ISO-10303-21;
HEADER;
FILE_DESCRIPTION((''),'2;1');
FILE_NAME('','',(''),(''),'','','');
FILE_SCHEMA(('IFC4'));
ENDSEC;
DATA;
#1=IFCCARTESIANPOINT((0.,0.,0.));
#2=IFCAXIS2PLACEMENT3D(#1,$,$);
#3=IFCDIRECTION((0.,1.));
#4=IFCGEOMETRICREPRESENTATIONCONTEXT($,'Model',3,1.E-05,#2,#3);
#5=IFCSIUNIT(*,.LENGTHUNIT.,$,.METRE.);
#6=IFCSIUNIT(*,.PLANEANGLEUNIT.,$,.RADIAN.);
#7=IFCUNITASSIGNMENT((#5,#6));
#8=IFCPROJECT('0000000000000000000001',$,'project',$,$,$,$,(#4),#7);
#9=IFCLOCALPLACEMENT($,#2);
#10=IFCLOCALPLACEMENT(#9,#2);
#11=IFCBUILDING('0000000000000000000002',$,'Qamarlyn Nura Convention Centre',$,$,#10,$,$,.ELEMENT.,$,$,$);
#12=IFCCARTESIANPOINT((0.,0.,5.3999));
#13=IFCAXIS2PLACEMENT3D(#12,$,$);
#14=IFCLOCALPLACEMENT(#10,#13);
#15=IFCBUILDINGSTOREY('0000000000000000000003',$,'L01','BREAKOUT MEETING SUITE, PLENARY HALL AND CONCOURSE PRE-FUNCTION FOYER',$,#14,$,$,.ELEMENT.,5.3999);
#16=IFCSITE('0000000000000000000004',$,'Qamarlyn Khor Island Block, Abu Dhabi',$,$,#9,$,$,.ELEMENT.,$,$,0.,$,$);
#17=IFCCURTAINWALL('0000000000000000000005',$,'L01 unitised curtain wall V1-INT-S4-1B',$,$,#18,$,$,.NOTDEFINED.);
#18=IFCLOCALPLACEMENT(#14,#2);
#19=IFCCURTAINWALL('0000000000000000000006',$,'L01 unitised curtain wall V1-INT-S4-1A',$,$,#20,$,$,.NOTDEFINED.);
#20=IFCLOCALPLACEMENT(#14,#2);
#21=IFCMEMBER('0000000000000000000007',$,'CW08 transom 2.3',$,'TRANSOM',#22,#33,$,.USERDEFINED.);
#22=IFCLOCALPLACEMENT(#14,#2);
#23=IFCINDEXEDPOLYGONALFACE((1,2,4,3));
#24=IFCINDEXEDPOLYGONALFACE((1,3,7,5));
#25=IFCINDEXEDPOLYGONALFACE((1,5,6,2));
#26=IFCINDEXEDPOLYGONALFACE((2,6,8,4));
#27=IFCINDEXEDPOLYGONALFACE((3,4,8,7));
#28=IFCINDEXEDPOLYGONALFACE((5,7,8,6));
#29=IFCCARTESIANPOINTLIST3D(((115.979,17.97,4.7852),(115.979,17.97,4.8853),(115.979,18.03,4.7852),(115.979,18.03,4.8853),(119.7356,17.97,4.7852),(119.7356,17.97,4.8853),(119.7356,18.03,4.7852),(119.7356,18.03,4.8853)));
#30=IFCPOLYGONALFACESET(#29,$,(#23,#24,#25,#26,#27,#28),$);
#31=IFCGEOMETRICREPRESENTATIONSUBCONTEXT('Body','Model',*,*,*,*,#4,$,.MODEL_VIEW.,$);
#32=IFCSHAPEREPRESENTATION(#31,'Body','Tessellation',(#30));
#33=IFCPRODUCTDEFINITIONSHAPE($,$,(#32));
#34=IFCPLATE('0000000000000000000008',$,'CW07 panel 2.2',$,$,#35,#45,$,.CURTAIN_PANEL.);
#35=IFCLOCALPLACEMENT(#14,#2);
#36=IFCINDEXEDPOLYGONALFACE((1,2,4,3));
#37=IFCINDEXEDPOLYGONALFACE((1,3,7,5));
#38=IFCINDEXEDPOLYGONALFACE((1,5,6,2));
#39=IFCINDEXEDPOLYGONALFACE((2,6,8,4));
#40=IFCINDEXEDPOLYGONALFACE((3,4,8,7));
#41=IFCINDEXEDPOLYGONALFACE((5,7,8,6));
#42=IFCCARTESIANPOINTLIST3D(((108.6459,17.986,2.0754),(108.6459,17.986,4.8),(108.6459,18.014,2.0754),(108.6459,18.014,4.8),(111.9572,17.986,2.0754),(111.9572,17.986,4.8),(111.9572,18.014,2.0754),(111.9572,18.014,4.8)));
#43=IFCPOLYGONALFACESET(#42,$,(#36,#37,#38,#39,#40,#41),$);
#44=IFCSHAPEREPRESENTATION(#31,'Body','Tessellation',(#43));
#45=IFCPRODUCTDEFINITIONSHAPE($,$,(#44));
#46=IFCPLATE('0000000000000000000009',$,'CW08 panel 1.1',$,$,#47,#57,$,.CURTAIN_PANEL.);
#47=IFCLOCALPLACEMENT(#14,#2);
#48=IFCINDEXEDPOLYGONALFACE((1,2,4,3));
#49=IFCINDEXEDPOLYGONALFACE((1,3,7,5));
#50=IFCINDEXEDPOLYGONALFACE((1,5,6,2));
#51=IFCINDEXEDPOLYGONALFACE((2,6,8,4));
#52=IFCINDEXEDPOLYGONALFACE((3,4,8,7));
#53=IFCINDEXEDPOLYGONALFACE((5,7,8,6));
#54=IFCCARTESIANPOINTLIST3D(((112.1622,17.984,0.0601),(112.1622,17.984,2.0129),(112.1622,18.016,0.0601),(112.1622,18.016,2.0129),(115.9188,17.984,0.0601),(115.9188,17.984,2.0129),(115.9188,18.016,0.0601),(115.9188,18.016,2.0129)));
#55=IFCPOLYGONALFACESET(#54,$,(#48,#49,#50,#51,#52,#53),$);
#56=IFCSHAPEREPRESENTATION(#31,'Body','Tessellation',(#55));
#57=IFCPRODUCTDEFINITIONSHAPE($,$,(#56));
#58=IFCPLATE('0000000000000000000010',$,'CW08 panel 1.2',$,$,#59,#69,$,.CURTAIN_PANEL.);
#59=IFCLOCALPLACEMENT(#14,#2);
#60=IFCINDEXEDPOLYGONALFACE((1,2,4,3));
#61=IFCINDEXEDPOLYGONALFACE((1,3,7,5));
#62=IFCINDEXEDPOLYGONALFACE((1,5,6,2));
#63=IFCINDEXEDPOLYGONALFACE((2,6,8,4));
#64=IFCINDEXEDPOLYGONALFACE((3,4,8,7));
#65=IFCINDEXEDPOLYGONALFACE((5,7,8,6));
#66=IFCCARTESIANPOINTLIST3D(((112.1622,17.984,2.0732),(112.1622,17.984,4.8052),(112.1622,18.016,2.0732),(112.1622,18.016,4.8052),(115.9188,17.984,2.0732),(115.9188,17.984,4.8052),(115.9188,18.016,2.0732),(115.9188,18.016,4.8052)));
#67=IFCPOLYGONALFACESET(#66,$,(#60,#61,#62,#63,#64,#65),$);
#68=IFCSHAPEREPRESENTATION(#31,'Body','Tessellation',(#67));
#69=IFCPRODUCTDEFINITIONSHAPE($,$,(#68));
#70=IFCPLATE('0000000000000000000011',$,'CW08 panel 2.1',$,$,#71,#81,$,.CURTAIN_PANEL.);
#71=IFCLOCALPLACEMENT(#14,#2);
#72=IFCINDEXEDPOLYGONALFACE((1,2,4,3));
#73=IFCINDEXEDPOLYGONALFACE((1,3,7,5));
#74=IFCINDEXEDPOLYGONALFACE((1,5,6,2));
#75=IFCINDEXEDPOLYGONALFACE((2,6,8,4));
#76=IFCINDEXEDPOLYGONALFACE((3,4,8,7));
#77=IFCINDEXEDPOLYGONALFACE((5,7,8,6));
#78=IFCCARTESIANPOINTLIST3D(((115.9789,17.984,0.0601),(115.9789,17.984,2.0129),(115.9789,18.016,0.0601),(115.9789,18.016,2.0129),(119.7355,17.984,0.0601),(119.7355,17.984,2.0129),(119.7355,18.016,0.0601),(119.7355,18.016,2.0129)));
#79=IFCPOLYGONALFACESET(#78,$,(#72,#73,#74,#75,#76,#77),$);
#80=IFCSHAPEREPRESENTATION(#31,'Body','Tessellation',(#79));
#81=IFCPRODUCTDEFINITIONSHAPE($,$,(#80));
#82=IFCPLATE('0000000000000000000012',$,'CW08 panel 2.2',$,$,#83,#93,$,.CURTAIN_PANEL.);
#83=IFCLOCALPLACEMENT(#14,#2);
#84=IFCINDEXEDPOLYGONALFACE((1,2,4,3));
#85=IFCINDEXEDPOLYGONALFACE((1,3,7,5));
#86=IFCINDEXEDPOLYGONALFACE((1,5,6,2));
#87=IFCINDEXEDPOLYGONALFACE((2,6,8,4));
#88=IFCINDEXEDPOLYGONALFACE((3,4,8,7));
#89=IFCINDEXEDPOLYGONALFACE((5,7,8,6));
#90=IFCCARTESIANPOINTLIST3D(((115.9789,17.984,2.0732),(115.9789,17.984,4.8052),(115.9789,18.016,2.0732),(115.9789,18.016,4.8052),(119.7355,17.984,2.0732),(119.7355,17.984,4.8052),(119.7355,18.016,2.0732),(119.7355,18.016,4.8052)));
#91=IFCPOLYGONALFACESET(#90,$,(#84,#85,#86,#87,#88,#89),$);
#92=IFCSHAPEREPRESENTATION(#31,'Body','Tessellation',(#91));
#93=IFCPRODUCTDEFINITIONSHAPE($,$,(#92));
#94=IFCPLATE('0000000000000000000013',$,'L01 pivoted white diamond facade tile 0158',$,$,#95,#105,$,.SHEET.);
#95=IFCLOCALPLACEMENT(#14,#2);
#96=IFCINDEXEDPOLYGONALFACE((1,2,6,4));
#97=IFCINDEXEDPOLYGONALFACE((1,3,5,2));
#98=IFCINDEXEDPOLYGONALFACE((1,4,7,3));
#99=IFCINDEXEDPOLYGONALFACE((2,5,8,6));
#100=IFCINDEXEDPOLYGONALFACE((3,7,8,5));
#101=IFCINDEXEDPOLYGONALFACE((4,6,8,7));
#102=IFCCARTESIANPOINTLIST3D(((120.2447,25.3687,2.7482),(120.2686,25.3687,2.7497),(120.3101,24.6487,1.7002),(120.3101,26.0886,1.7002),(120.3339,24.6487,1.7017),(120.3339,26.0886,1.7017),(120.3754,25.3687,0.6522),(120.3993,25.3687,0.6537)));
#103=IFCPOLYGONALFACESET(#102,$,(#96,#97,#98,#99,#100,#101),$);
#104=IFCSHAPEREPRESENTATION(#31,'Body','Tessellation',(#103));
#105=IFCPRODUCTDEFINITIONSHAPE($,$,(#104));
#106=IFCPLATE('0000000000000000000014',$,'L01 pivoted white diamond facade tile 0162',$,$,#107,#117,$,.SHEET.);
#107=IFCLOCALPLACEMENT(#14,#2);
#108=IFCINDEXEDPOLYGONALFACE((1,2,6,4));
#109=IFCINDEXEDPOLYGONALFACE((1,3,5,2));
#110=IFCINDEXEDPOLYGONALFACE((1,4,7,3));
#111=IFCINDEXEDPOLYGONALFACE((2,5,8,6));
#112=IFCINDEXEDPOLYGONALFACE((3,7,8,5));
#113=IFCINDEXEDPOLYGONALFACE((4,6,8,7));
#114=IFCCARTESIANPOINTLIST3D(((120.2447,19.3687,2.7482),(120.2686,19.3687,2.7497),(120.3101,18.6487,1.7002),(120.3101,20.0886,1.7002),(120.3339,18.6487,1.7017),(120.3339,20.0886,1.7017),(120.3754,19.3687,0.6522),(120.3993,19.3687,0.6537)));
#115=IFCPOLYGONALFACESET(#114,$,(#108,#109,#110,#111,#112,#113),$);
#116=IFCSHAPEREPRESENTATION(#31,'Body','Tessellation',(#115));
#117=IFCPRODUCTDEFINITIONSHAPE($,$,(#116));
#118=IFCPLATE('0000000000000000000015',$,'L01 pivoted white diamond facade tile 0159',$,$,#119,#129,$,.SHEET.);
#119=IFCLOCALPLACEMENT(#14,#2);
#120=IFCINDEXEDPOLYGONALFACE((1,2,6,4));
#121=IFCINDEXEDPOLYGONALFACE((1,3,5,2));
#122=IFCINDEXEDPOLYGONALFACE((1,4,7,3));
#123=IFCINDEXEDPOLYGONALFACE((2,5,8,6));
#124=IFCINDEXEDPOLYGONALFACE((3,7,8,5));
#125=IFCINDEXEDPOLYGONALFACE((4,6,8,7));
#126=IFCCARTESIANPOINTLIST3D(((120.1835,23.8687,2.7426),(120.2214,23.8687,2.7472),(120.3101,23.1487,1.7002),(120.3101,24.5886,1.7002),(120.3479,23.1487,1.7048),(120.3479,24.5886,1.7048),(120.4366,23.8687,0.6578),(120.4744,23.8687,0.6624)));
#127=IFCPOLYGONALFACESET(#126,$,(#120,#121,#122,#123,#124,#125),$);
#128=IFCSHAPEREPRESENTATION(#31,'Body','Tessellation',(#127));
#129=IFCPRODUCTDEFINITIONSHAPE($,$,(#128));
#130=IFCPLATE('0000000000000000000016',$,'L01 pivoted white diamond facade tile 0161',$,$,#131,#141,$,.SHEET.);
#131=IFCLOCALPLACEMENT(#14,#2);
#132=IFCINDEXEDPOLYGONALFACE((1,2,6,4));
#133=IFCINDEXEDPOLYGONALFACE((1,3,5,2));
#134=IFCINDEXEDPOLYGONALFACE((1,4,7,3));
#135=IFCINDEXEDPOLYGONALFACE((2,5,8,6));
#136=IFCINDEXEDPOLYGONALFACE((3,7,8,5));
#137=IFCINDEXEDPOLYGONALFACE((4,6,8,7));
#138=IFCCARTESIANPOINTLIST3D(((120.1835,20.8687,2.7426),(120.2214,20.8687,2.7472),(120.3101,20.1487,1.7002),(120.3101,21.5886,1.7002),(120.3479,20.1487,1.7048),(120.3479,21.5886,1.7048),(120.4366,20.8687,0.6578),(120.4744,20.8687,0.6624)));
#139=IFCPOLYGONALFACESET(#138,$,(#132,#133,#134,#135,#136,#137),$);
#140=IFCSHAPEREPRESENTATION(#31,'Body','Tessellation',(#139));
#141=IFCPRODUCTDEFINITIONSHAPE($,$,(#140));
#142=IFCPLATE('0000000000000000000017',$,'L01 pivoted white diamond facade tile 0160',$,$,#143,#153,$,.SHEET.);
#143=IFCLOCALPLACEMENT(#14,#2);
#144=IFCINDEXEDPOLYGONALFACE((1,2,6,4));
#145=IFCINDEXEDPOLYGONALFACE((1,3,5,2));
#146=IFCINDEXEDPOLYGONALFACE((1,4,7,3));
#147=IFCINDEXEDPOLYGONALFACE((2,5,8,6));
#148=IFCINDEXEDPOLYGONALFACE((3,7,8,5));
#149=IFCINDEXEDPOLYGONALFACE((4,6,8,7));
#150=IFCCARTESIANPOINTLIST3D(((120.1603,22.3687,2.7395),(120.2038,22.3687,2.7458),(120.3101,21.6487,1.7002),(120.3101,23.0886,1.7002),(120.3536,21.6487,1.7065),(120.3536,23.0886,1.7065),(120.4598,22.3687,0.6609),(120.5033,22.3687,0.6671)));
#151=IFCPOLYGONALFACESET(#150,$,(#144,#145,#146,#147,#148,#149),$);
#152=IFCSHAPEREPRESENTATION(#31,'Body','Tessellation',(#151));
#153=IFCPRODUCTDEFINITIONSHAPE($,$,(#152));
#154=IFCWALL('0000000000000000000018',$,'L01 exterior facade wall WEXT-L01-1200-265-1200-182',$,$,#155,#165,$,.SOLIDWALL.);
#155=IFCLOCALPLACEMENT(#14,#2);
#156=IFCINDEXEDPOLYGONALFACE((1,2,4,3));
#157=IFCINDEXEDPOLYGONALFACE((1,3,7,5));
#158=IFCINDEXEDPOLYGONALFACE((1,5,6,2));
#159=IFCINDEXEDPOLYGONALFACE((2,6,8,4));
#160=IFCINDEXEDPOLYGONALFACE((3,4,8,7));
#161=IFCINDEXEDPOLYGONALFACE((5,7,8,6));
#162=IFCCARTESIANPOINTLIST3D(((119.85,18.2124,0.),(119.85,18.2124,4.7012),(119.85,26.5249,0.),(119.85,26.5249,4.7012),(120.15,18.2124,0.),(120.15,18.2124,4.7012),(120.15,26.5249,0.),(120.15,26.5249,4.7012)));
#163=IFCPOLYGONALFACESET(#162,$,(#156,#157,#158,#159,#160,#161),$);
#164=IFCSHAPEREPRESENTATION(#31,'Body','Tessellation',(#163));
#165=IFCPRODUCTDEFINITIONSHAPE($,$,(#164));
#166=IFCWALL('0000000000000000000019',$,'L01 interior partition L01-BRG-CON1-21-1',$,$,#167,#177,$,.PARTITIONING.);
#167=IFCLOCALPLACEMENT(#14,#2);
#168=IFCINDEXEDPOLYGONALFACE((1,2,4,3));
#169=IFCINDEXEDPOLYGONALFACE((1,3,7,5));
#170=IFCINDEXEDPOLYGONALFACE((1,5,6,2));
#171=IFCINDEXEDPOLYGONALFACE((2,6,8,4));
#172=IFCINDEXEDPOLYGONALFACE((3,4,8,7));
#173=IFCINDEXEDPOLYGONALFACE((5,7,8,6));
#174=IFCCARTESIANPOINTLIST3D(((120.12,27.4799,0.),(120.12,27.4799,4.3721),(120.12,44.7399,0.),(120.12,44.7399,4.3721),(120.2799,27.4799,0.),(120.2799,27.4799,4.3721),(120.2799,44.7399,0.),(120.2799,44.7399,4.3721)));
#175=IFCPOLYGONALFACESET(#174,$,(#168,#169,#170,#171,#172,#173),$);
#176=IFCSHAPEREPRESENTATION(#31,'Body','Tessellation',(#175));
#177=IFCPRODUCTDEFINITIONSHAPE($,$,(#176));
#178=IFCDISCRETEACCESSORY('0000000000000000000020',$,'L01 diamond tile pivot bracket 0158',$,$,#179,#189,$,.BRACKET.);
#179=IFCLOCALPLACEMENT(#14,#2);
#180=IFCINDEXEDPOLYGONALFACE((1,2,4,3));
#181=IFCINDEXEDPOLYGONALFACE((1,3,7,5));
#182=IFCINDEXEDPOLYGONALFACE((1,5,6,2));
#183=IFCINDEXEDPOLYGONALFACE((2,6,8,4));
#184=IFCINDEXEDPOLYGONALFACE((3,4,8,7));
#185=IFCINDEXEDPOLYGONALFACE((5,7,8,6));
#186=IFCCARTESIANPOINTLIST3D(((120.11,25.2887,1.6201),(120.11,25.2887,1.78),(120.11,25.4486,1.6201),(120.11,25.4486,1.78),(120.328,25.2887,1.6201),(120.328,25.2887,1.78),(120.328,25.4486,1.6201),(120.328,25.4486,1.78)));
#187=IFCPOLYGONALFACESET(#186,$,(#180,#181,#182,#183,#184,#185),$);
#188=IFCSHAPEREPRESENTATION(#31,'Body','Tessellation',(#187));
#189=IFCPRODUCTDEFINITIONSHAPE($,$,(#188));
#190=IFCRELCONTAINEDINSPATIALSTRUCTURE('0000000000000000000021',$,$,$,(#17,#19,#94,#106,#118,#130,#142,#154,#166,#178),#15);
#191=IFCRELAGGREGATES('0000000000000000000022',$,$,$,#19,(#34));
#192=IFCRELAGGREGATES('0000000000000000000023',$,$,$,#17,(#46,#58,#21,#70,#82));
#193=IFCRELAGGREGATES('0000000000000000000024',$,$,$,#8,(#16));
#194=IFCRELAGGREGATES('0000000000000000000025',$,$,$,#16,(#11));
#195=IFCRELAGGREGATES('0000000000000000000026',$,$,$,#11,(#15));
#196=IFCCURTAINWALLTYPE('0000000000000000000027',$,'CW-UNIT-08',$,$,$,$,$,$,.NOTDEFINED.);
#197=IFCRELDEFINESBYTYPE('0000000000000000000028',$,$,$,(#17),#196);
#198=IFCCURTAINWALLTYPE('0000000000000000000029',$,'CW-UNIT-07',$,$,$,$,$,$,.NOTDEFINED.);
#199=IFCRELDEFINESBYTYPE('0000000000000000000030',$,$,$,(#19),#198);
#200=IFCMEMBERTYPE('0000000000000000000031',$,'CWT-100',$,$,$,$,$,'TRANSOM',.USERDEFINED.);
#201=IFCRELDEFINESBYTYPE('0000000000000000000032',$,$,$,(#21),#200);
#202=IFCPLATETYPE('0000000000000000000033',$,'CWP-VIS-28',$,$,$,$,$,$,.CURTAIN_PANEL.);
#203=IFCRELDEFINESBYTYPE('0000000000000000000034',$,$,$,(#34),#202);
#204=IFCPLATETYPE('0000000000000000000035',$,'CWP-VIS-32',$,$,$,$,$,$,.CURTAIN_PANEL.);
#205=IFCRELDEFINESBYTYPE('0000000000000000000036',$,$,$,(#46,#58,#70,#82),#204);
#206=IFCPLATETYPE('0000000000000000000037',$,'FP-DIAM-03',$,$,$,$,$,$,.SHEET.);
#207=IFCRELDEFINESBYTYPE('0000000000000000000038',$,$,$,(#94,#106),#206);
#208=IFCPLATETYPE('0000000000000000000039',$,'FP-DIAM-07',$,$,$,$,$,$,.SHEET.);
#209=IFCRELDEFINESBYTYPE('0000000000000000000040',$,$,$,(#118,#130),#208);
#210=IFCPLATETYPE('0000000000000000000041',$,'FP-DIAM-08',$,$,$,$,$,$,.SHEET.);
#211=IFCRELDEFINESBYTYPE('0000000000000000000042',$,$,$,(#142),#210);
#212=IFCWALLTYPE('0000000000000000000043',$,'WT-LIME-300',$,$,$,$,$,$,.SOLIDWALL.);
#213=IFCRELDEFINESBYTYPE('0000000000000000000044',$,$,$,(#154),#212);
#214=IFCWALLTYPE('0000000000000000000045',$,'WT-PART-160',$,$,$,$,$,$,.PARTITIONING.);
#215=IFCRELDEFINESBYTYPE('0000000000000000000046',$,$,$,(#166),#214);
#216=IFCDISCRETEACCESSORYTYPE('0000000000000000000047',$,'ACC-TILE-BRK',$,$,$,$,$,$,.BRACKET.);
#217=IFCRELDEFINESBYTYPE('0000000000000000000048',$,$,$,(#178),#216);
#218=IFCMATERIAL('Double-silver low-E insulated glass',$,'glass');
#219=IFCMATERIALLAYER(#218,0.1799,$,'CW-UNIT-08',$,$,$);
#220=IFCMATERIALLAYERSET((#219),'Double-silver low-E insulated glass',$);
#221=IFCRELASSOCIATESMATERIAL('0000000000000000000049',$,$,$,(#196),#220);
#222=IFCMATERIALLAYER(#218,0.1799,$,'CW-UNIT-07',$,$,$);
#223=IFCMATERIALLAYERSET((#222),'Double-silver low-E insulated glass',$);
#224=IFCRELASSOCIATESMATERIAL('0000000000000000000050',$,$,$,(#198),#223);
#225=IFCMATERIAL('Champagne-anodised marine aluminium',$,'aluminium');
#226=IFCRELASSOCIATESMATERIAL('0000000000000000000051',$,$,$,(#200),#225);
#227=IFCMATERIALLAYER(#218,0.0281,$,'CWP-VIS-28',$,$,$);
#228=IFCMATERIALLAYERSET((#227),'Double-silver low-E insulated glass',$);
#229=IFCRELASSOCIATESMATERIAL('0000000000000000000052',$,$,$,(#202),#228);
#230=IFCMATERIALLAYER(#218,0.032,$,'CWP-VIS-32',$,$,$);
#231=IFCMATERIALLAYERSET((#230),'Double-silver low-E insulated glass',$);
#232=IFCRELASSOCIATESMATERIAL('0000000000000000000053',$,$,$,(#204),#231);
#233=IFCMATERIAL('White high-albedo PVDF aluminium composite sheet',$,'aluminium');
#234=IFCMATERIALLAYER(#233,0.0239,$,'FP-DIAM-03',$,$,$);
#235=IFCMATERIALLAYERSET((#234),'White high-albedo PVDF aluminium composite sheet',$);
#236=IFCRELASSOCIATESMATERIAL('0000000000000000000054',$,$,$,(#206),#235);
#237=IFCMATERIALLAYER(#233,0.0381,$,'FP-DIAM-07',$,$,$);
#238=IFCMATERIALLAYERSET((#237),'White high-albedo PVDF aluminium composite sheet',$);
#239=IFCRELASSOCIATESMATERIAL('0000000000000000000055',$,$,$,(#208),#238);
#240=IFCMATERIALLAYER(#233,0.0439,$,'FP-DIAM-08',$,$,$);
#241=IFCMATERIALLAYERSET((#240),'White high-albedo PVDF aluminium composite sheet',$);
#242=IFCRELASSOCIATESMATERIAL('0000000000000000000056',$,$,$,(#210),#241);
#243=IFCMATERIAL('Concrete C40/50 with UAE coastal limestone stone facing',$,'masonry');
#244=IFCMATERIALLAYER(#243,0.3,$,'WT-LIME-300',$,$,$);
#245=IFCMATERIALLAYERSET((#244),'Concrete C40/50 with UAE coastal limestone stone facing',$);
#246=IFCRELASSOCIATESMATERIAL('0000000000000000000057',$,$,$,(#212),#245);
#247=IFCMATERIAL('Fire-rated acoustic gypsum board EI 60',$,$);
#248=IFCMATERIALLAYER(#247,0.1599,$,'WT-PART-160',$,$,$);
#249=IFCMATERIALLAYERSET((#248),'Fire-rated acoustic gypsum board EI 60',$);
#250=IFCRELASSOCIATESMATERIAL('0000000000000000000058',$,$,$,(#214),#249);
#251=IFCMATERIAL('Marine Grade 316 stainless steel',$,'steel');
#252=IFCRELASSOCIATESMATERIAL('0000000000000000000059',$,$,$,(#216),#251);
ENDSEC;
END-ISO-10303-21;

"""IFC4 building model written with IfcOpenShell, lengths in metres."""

from ifc_helpers import new_model, si_unit, direction, frame, frame_2d, origin, origin_2d, place, context, subcontext, project, spatial, polyline, rectangle, outline, extrude, material, layer, layer_set, material_profile, profile_set, type_object, element, aggregate, save


model = new_model("IFC4")

# Units and contexts
model_context = context("Model", 3, precision=1e-05, world=origin(), true_north=direction((0.0, 1.0)))
body_context = subcontext(model_context, "Body", "Model", "MODEL_VIEW")
ifc_project = project(units=[si_unit("LENGTHUNIT", "METRE"), si_unit("PLANEANGLEUNIT", "RADIAN")], contexts=[model_context])

# Site, building, storey
site_placement = place(None, origin())
site = spatial("IfcSite", under=ifc_project, at=site_placement, Name="Qamarlyn Khor Island Block, Abu Dhabi", CompositionType="ELEMENT", RefElevation=0.0)
building_placement = place(site_placement, origin())
building = spatial("IfcBuilding", under=site, at=building_placement, Name="Qamarlyn Nura Convention Centre", CompositionType="ELEMENT")
storey_placement = place(building_placement, frame((0.0, 0.0, 5.3999)))
storey = spatial("IfcBuildingStorey", under=building, at=storey_placement, Name="L01", Description="BREAKOUT MEETING SUITE, PLENARY HALL AND CONCOURSE PRE-FUNCTION FOYER", CompositionType="ELEMENT", Elevation=5.3999)

# Curtain wall
ifc_material_1 = material(Name="Double-silver low-E insulated glass", Category="glass")
ifc_layer_1 = layer(ifc_material_1, 0.1799, Name="CW-UNIT-08")
ifc_layer_set_1 = layer_set([ifc_layer_1], Name="Double-silver low-E insulated glass")
curtain_wall_type_1 = type_object("IfcCurtainWallType", Name="CW-UNIT-08", PredefinedType="NOTDEFINED", material=ifc_layer_set_1)
curtain_wall_1_placement = place(storey_placement, origin())
curtain_wall_1 = element("IfcCurtainWall", 1, at=curtain_wall_1_placement, inside=storey, type_object=curtain_wall_type_1, Name="L01 unitised curtain wall V1-INT-S4-1B", PredefinedType="NOTDEFINED")
ifc_material_2 = material(Name="Champagne-anodised marine aluminium", Category="aluminium")

# Curtain wall
ifc_layer_2 = layer(ifc_material_1, 0.1799, Name="CW-UNIT-07")
ifc_layer_set_2 = layer_set([ifc_layer_2], Name="Double-silver low-E insulated glass")
curtain_wall_type_2 = type_object("IfcCurtainWallType", Name="CW-UNIT-07", PredefinedType="NOTDEFINED", material=ifc_layer_set_2)
curtain_wall_2_placement = place(storey_placement, origin())
curtain_wall_2 = element("IfcCurtainWall", 2, at=curtain_wall_2_placement, inside=storey, type_object=curtain_wall_type_2, Name="L01 unitised curtain wall V1-INT-S4-1A", PredefinedType="NOTDEFINED")

# Member
ifc_material_profile_1 = material_profile(ifc_material_2, rectangle(XDim=0.0601, YDim=0.1001, at=origin_2d()), Name="ALU TRANSOM 60x100")
ifc_profile_set_1 = profile_set([ifc_material_profile_1], Name="Champagne-anodised marine aluminium")
member_type_1 = type_object("IfcMemberType", Name="CWT-100", ElementType="TRANSOM", PredefinedType="USERDEFINED", material=ifc_profile_set_1)
member_1_placement = place(storey_placement, frame((115.979, 18.0, 4.8352), z_axis=(1.0, 0.0, 0.0), x_axis=(0.0, 1.0, 0.0)))
member_1 = element("IfcMember", 3, at=member_1_placement, type_object=member_type_1, Name="CW08 transom 2.3", ObjectType="TRANSOM", PredefinedType="USERDEFINED", context=body_context, shape_type="SweptSolid", body=[
    extrude(rectangle(XDim=0.0601, YDim=0.1001, at=origin_2d()), origin(), (0.0, 0.0, 1.0), 3.7566),
])

# Plates
ifc_layer_3 = layer(ifc_material_1, 0.0281, Name="CWP-VIS-28")
ifc_layer_set_3 = layer_set([ifc_layer_3], Name="Double-silver low-E insulated glass")
plate_type_1 = type_object("IfcPlateType", Name="CWP-VIS-28", PredefinedType="CURTAIN_PANEL", material=ifc_layer_set_3)
plate_1_placement = place(storey_placement, frame((110.3015, 18.0, 2.0754), z_axis=(0.0, 0.0, 1.0), x_axis=(1.0, 0.0, 0.0)))
plate_1 = element("IfcPlate", 4, at=plate_1_placement, type_object=plate_type_1, Name="CW07 panel 2.2", PredefinedType="CURTAIN_PANEL", context=body_context, shape_type="SweptSolid", body=[
    extrude(rectangle(XDim=3.3113, YDim=0.0281, at=origin_2d()), origin(), (0.0, 0.0, 1.0), 2.7246),
])
aggregate(curtain_wall_2, [plate_1])
ifc_layer_4 = layer(ifc_material_1, 0.032, Name="CWP-VIS-32")
ifc_layer_set_4 = layer_set([ifc_layer_4], Name="Double-silver low-E insulated glass")
plate_type_2 = type_object("IfcPlateType", Name="CWP-VIS-32", PredefinedType="CURTAIN_PANEL", material=ifc_layer_set_4)
plate_2_placement = place(storey_placement, frame((114.0405, 18.0, 0.0601), z_axis=(0.0, 0.0, 1.0), x_axis=(1.0, 0.0, 0.0)))
plate_2 = element("IfcPlate", 5, at=plate_2_placement, type_object=plate_type_2, Name="CW08 panel 1.1", PredefinedType="CURTAIN_PANEL", context=body_context, shape_type="SweptSolid", body=[
    extrude(rectangle(XDim=3.7566, YDim=0.032, at=origin_2d()), origin(), (0.0, 0.0, 1.0), 1.9529),
])
plate_3_placement = place(storey_placement, frame((114.0405, 18.0, 2.0732), z_axis=(0.0, 0.0, 1.0), x_axis=(1.0, 0.0, 0.0)))
plate_3 = element("IfcPlate", 6, at=plate_3_placement, type_object=plate_type_2, Name="CW08 panel 1.2", PredefinedType="CURTAIN_PANEL", context=body_context, shape_type="SweptSolid", body=[
    extrude(rectangle(XDim=3.7566, YDim=0.032, at=origin_2d()), origin(), (0.0, 0.0, 1.0), 2.7319),
])
plate_4_placement = place(storey_placement, frame((117.8572, 18.0, 0.0601), z_axis=(0.0, 0.0, 1.0), x_axis=(1.0, 0.0, 0.0)))
plate_4 = element("IfcPlate", 7, at=plate_4_placement, type_object=plate_type_2, Name="CW08 panel 2.1", PredefinedType="CURTAIN_PANEL", context=body_context, shape_type="SweptSolid", body=[
    extrude(rectangle(XDim=3.7566, YDim=0.032, at=origin_2d()), origin(), (0.0, 0.0, 1.0), 1.9529),
])
plate_5_placement = place(storey_placement, frame((117.8572, 18.0, 2.0732), z_axis=(0.0, 0.0, 1.0), x_axis=(1.0, 0.0, 0.0)))
plate_5 = element("IfcPlate", 8, at=plate_5_placement, type_object=plate_type_2, Name="CW08 panel 2.2", PredefinedType="CURTAIN_PANEL", context=body_context, shape_type="SweptSolid", body=[
    extrude(rectangle(XDim=3.7566, YDim=0.032, at=origin_2d()), origin(), (0.0, 0.0, 1.0), 2.7319),
])
aggregate(curtain_wall_1, [plate_2, plate_3, member_1, plate_4, plate_5])

# Plates
ifc_material_3 = material(Name="White high-albedo PVDF aluminium composite sheet", Category="aluminium")
ifc_layer_5 = layer(ifc_material_3, 0.0239, Name="FP-DIAM-03")
ifc_layer_set_5 = layer_set([ifc_layer_5], Name="White high-albedo PVDF aluminium composite sheet")
plate_type_3 = type_object("IfcPlateType", Name="FP-DIAM-03", PredefinedType="SHEET", material=ifc_layer_set_5)
for number, where, z_axis, x_axis, name in (
    (9, (120.3101, 25.3687, 1.7002), (0.998059, 0.0, 0.062268), (0.0, 1.0, 0.0), "L01 pivoted white diamond facade tile 0158"),
    (10, (120.3101, 19.3687, 1.7002), (0.998059, 0.0, 0.062268), (0.0, 1.0, 0.0), "L01 pivoted white diamond facade tile 0162"),
):
    element("IfcPlate", number, at=place(storey_placement, frame(where, z_axis=z_axis, x_axis=x_axis)), inside=storey, type_object=plate_type_3, Name=name, PredefinedType="SHEET", context=body_context, shape_type="SweptSolid", body=[
        extrude(outline(polyline([(-0.72, 0.0), (0.0, -1.05), (0.72, 0.0), (0.0, 1.05), (-0.72, 0.0)])), origin(), (0.0, 0.0, 1.0), 0.0239),
    ])
ifc_layer_6 = layer(ifc_material_3, 0.0381, Name="FP-DIAM-07")
ifc_layer_set_6 = layer_set([ifc_layer_6], Name="White high-albedo PVDF aluminium composite sheet")
plate_type_4 = type_object("IfcPlateType", Name="FP-DIAM-07", PredefinedType="SHEET", material=ifc_layer_set_6)
for number, where, z_axis, x_axis, name in (
    (11, (120.3101, 23.8687, 1.7002), (0.992715, 0.0, 0.120483), (0.0, 1.0, 0.0), "L01 pivoted white diamond facade tile 0159"),
    (12, (120.3101, 20.8687, 1.7002), (0.992715, 0.0, 0.120483), (0.0, 1.0, 0.0), "L01 pivoted white diamond facade tile 0161"),
):
    element("IfcPlate", number, at=place(storey_placement, frame(where, z_axis=z_axis, x_axis=x_axis)), inside=storey, type_object=plate_type_4, Name=name, PredefinedType="SHEET", context=body_context, shape_type="SweptSolid", body=[
        extrude(outline(polyline([(-0.72, 0.0), (0.0, -1.05), (0.72, 0.0), (0.0, 1.05), (-0.72, 0.0)])), origin(), (0.0, 0.0, 1.0), 0.0381),
    ])
ifc_layer_7 = layer(ifc_material_3, 0.0439, Name="FP-DIAM-08")
ifc_layer_set_7 = layer_set([ifc_layer_7], Name="White high-albedo PVDF aluminium composite sheet")
plate_type_5 = type_object("IfcPlateType", Name="FP-DIAM-08", PredefinedType="SHEET", material=ifc_layer_set_7)
plate_6_placement = place(storey_placement, frame((120.3101, 22.3687, 1.7002), z_axis=(0.989776, 0.0, 0.142629), x_axis=(0.0, 1.0, 0.0)))
element("IfcPlate", 13, at=plate_6_placement, inside=storey, type_object=plate_type_5, Name="L01 pivoted white diamond facade tile 0160", PredefinedType="SHEET", context=body_context, shape_type="SweptSolid", body=[
    extrude(outline(polyline([(-0.72, 0.0), (0.0, -1.05), (0.72, 0.0), (0.0, 1.05), (-0.72, 0.0)])), origin(), (0.0, 0.0, 1.0), 0.0439),
])

# Walls
ifc_material_4 = material(Name="Concrete C40/50 with UAE coastal limestone stone facing", Category="masonry")
ifc_layer_8 = layer(ifc_material_4, 0.3, Name="WT-LIME-300")
ifc_layer_set_8 = layer_set([ifc_layer_8], Name="Concrete C40/50 with UAE coastal limestone stone facing")
wall_type_1 = type_object("IfcWallType", Name="WT-LIME-300", PredefinedType="SOLIDWALL", material=ifc_layer_set_8)
wall_1_placement = place(storey_placement, frame((120.0, 26.5249, 0.0), z_axis=(0.0, 0.0, 1.0), x_axis=(0.0, -1.0, 0.0)))
element("IfcWall", 14, at=wall_1_placement, inside=storey, type_object=wall_type_1, Name="L01 exterior facade wall WEXT-L01-1200-265-1200-182", PredefinedType="SOLIDWALL", context=body_context, shape_type="SweptSolid", body=[
    extrude(rectangle(XDim=8.3125, YDim=0.3, at=frame_2d((4.1562, 0.0))), origin(), (0.0, 0.0, 1.0), 4.7012),
])
ifc_material_5 = material(Name="Fire-rated acoustic gypsum board EI 60")
ifc_layer_9 = layer(ifc_material_5, 0.1599, Name="WT-PART-160")
ifc_layer_set_9 = layer_set([ifc_layer_9], Name="Fire-rated acoustic gypsum board EI 60")
wall_type_2 = type_object("IfcWallType", Name="WT-PART-160", PredefinedType="PARTITIONING", material=ifc_layer_set_9)
wall_2_placement = place(storey_placement, frame((120.2, 27.48, 0.0), z_axis=(0.0, 0.0, 1.0), x_axis=(0.0, 1.0, 0.0)))
element("IfcWall", 15, at=wall_2_placement, inside=storey, type_object=wall_type_2, Name="L01 interior partition L01-BRG-CON1-21-1", PredefinedType="PARTITIONING", context=body_context, shape_type="SweptSolid", body=[
    extrude(rectangle(XDim=17.26, YDim=0.1599, at=frame_2d((8.6299, 0.0))), origin(), (0.0, 0.0, 1.0), 4.3721),
])

# Discrete accessory
ifc_material_6 = material(Name="Marine Grade 316 stainless steel", Category="steel")
discrete_accessory_type = type_object("IfcDiscreteAccessoryType", Name="ACC-TILE-BRK", PredefinedType="BRACKET", material=ifc_material_6)
discrete_accessory_1_placement = place(storey_placement, frame((120.219, 25.3687, 1.6201), z_axis=(0.0, 0.0, 1.0), x_axis=(1.0, 0.0, 0.0)))
element("IfcDiscreteAccessory", 16, at=discrete_accessory_1_placement, inside=storey, type_object=discrete_accessory_type, Name="L01 diamond tile pivot bracket 0158", PredefinedType="BRACKET", context=body_context, shape_type="SweptSolid", body=[
    extrude(rectangle(XDim=0.218, YDim=0.1599, at=origin_2d()), origin(), (0.0, 0.0, 1.0), 0.1599),
])

save(model, "model.ifc")
